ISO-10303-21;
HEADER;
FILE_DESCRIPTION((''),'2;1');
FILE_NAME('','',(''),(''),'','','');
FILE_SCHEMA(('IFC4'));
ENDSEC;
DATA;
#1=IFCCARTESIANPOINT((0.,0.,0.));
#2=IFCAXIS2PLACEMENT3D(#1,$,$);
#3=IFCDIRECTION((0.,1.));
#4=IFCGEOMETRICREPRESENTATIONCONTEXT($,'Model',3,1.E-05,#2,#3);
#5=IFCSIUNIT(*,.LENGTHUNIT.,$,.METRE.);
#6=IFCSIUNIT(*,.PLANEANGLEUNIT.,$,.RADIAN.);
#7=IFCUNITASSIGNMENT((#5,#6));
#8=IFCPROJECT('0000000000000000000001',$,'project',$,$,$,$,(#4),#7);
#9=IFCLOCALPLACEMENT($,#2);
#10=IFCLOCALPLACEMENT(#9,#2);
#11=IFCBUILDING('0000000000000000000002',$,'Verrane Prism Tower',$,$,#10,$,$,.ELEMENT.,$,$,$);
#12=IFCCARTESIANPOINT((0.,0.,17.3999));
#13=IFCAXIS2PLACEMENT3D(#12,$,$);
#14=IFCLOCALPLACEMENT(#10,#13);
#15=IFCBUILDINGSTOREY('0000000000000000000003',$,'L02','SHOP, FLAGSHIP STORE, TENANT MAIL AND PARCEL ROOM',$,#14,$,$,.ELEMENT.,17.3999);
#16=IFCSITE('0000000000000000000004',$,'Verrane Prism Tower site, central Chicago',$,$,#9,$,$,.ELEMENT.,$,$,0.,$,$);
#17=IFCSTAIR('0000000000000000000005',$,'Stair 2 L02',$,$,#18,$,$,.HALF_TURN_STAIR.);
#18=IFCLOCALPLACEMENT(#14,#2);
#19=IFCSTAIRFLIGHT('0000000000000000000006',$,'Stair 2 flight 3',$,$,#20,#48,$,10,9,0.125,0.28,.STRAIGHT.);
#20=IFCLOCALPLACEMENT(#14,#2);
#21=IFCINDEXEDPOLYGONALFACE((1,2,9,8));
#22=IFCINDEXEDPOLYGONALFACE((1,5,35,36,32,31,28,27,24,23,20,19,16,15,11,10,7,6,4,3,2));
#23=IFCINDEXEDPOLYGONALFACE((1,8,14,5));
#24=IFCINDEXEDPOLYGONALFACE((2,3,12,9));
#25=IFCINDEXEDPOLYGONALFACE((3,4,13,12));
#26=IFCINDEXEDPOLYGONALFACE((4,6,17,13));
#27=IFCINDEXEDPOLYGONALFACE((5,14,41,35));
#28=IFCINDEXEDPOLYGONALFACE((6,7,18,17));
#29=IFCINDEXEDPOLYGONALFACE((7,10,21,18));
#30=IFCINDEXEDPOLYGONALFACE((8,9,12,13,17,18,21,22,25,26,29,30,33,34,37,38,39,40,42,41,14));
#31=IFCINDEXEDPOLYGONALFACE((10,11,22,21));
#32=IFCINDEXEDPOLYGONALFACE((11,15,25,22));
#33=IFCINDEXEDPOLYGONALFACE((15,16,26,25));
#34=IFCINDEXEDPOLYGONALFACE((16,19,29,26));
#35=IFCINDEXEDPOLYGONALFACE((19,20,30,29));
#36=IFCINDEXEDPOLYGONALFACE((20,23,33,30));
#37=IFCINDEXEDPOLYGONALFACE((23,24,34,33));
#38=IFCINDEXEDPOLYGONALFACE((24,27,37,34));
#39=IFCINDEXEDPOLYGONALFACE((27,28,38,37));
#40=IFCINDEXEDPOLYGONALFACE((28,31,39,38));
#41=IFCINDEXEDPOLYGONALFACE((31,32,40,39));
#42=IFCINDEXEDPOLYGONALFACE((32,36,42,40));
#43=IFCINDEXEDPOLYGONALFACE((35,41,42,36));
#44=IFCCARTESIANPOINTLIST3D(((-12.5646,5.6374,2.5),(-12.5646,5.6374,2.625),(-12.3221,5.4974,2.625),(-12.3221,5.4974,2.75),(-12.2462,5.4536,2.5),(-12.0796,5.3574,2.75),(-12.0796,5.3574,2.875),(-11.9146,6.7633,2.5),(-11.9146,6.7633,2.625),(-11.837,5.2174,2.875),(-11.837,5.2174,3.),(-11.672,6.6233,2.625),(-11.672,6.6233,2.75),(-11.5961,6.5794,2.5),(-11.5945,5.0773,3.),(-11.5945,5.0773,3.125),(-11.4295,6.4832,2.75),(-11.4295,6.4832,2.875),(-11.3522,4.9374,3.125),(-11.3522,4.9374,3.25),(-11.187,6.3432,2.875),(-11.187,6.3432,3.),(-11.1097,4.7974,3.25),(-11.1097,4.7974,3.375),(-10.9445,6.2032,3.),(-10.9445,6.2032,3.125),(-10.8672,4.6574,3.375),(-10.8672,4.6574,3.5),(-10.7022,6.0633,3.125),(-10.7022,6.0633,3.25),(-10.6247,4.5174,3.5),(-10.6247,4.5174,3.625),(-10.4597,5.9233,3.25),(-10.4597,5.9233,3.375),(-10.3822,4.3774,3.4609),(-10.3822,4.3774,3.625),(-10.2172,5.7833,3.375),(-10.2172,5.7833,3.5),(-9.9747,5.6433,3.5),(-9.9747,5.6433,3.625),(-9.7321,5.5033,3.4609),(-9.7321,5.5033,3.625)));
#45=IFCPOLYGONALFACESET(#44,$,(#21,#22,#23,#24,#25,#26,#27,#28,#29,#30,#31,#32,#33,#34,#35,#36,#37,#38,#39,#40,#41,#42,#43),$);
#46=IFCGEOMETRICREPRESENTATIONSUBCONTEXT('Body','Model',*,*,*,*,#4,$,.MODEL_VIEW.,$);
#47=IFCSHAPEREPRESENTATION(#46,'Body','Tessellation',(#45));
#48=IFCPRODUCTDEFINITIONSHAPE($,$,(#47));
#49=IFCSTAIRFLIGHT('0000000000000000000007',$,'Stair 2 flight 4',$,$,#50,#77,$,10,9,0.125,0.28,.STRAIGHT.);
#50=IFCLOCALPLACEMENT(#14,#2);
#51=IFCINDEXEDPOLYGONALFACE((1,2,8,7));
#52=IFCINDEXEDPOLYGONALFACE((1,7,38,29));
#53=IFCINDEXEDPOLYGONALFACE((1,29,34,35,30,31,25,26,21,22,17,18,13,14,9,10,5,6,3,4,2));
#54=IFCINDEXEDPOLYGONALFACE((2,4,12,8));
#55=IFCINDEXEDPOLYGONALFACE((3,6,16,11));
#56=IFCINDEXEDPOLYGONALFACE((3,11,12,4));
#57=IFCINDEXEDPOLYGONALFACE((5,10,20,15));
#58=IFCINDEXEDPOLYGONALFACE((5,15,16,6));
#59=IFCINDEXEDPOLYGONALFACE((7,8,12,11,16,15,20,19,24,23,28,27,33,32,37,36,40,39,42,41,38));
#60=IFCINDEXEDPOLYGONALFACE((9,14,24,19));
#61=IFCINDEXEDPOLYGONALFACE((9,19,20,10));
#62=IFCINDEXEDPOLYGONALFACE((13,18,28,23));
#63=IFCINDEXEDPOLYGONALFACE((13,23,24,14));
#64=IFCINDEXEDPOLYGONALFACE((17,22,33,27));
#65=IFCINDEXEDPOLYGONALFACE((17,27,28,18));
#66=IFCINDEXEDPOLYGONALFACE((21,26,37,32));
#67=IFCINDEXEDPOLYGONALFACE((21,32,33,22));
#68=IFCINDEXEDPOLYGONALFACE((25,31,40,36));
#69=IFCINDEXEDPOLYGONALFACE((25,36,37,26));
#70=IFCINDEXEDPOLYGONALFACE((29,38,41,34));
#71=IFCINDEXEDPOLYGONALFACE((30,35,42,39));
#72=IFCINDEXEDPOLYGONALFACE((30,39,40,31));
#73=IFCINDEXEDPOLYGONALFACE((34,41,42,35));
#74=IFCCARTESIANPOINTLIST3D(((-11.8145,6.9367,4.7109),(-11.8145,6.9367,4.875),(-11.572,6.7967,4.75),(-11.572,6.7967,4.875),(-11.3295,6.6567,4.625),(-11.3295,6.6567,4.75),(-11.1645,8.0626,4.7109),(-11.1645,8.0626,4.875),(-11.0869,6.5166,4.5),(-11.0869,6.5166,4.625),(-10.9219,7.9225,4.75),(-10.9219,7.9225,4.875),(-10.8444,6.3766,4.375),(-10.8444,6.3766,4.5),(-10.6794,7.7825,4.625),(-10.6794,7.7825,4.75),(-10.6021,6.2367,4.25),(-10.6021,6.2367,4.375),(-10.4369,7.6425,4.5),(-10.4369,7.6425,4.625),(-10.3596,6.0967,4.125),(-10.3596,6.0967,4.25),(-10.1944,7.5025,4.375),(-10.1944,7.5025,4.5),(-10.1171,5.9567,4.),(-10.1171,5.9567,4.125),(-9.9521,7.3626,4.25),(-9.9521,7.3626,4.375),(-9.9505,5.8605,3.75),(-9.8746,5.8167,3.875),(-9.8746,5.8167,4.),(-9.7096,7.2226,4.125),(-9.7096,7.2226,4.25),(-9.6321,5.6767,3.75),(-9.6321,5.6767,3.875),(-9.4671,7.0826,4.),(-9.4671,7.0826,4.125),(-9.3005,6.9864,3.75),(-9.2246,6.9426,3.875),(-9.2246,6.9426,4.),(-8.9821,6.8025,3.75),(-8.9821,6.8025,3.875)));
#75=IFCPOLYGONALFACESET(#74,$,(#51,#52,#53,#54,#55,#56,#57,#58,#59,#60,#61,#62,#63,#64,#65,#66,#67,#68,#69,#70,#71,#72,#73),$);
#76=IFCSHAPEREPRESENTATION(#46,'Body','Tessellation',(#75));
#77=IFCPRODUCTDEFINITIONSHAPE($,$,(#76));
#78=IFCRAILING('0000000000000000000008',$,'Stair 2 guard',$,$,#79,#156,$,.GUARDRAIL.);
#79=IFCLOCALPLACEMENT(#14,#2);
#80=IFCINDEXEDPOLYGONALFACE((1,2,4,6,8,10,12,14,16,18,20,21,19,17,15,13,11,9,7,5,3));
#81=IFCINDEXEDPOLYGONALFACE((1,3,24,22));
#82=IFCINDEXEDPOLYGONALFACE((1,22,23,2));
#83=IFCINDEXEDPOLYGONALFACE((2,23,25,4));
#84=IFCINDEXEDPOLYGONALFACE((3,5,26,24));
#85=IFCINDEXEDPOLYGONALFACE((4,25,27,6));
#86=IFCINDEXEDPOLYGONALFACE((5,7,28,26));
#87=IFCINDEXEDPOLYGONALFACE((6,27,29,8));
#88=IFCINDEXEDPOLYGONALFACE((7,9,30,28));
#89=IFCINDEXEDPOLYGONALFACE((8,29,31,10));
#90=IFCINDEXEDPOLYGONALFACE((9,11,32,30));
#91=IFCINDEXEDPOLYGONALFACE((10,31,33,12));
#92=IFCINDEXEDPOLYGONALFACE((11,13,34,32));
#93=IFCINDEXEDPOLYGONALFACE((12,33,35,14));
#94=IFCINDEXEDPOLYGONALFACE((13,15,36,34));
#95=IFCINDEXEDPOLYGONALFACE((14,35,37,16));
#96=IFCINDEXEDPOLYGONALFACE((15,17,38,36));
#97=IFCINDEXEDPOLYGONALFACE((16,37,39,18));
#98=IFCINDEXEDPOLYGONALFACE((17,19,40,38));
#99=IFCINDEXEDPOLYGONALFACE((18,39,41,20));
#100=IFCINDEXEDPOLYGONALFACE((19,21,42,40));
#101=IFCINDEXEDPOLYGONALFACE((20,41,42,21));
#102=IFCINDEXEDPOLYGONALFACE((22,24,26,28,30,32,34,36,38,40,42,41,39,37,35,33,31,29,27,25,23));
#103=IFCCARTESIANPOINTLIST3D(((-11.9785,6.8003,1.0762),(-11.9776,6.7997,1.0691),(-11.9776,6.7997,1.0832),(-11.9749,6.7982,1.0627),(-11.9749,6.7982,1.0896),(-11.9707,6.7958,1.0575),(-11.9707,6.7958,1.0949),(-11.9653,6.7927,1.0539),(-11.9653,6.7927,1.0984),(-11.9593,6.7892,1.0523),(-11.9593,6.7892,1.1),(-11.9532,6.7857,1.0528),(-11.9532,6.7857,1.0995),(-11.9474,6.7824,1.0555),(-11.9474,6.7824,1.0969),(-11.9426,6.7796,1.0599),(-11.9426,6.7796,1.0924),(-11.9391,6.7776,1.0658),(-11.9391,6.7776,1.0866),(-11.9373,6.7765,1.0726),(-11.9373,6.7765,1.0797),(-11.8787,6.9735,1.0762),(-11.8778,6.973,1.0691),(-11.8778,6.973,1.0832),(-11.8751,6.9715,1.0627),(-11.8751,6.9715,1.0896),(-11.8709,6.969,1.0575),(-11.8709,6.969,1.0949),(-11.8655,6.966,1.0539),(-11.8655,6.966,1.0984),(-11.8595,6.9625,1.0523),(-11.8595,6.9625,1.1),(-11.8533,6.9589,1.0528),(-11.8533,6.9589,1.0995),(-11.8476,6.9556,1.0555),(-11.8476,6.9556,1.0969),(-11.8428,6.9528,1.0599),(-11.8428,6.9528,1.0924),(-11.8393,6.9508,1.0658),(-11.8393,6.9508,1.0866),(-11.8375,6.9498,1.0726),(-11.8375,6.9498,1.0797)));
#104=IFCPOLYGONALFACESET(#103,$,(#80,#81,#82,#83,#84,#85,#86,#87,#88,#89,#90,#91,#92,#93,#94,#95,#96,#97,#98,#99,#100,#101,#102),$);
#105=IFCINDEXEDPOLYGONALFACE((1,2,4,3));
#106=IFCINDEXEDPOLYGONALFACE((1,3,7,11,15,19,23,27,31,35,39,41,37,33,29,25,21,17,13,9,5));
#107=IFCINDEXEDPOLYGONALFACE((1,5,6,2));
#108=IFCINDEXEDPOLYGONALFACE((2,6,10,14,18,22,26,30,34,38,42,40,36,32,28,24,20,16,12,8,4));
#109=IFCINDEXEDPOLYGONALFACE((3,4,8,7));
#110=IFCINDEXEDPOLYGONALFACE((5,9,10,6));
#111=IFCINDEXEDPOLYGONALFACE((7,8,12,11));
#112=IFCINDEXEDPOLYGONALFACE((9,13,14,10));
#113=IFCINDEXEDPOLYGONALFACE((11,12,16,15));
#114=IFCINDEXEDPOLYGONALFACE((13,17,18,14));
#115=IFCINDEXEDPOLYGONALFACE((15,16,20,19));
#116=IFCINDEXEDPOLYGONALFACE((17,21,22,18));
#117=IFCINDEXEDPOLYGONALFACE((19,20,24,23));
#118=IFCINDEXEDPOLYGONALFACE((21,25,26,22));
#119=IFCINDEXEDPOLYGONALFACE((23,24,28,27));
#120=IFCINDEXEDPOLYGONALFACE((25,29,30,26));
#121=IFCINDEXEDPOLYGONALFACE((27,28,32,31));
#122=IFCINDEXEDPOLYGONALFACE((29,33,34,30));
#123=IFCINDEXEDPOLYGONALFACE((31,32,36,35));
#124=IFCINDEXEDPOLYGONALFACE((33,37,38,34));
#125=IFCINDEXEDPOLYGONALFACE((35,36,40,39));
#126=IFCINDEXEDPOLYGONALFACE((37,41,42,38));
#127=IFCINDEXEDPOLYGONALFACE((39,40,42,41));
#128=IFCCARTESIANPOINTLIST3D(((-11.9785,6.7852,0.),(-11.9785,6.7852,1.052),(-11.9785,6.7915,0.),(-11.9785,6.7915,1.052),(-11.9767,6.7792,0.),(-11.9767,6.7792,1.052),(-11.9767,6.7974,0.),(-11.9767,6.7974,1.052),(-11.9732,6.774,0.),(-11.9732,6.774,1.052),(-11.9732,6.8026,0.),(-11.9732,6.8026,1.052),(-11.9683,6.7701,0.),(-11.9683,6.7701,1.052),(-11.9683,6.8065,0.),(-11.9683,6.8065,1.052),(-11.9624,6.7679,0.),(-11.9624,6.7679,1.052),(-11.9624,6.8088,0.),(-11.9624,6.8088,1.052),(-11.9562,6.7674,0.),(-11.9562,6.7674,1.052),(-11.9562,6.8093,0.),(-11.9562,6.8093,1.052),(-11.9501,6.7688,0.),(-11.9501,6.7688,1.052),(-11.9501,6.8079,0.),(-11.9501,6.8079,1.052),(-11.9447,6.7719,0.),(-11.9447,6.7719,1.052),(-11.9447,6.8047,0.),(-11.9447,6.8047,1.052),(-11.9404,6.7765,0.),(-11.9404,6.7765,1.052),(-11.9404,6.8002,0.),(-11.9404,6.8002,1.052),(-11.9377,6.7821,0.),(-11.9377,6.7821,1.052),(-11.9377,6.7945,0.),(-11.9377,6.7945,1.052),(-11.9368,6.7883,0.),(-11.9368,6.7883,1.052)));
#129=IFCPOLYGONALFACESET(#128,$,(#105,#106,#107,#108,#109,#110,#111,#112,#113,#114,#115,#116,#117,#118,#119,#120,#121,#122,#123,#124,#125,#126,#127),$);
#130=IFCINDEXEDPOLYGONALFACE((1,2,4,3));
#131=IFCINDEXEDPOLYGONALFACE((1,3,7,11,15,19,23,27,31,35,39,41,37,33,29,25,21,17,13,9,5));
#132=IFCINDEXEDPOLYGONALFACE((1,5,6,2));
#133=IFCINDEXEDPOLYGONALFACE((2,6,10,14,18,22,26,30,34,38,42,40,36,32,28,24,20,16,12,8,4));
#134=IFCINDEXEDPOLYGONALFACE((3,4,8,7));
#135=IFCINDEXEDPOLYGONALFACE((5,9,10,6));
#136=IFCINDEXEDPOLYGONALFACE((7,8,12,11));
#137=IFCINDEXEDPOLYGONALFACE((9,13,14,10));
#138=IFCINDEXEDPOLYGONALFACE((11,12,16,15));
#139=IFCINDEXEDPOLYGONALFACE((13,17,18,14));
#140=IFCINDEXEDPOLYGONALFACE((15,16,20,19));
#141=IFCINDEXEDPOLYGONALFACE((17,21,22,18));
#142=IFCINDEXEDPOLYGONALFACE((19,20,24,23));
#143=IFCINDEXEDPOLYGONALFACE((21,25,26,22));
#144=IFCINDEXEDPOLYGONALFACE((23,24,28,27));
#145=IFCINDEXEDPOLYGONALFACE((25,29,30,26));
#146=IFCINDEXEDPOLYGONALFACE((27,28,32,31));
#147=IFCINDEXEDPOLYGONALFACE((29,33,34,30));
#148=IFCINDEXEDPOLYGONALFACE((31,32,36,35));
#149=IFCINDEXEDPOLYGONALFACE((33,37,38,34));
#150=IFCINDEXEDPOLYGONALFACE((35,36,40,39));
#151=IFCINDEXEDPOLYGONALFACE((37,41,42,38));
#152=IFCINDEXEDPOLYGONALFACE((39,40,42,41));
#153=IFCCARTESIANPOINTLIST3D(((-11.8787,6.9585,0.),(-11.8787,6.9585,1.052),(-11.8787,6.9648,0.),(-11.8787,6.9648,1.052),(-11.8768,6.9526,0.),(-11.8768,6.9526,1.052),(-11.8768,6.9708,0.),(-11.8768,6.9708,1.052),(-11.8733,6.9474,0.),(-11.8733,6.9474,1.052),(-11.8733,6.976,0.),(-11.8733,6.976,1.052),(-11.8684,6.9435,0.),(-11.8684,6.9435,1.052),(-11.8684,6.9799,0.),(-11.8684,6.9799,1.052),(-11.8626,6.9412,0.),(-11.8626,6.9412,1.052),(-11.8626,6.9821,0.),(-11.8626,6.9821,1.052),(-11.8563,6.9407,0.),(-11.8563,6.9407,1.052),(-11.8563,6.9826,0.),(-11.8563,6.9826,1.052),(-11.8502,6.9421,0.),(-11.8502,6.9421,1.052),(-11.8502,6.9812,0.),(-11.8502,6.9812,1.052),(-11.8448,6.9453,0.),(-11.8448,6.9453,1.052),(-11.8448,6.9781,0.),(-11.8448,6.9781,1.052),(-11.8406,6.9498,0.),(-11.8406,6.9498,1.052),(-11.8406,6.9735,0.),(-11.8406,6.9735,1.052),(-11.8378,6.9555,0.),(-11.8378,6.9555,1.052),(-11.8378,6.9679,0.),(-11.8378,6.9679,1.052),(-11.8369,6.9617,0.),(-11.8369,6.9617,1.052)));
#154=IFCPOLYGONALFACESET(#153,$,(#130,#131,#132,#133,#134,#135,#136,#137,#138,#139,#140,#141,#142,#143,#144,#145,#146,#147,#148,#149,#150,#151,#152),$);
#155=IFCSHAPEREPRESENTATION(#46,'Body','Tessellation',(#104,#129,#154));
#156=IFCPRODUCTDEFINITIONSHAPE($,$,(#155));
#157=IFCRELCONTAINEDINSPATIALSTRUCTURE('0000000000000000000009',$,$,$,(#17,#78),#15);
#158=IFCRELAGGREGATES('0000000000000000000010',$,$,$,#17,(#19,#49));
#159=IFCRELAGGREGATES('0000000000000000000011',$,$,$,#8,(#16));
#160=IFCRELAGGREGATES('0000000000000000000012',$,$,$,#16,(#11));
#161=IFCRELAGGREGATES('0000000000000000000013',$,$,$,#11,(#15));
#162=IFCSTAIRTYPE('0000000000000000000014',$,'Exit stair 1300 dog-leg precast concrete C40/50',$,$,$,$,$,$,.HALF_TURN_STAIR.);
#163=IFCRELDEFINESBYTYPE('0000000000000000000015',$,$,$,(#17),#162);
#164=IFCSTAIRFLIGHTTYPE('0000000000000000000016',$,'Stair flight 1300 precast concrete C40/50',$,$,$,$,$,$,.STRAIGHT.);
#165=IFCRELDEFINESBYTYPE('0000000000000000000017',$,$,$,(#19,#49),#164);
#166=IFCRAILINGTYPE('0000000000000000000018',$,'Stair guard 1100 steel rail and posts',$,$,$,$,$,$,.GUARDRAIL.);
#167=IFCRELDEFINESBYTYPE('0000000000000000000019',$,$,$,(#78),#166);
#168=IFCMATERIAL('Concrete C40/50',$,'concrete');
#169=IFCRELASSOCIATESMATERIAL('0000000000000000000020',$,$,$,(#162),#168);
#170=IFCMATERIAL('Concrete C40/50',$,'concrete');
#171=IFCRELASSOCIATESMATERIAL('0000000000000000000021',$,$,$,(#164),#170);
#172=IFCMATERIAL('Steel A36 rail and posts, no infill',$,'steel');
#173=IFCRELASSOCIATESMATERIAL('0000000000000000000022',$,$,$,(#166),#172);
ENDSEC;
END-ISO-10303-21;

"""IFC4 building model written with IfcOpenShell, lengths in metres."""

from ifc_helpers import new_model, si_unit, direction, frame, origin, origin_2d, place, context, subcontext, project, spatial, polyline, circle, outline, extrude, material, type_object, element, aggregate, save


model = new_model("IFC4")

# Units and contexts
model_context = context("Model", 3, precision=1e-05, world=origin(), true_north=direction((0.0, 1.0)))
body_context = subcontext(model_context, "Body", "Model", "MODEL_VIEW")
ifc_project = project(units=[si_unit("LENGTHUNIT", "METRE"), si_unit("PLANEANGLEUNIT", "RADIAN")], contexts=[model_context])

# Site, building, storey
site_placement = place(None, origin())
site = spatial("IfcSite", under=ifc_project, at=site_placement, Name="Verrane Prism Tower site, central Chicago", CompositionType="ELEMENT", RefElevation=0.0)
building_placement = place(site_placement, origin())
building = spatial("IfcBuilding", under=site, at=building_placement, Name="Verrane Prism Tower", CompositionType="ELEMENT")
storey_placement = place(building_placement, frame((0.0, 0.0, 17.3999)))
storey = spatial("IfcBuildingStorey", under=building, at=storey_placement, Name="L02", Description="SHOP, FLAGSHIP STORE, TENANT MAIL AND PARCEL ROOM", CompositionType="ELEMENT", Elevation=17.3999)

# Stair, stair flights
ifc_material_1 = material(Name="Concrete C40/50", Category="concrete")
stair_type = type_object("IfcStairType", Name="Exit stair 1300 dog-leg precast concrete C40/50", PredefinedType="HALF_TURN_STAIR", material=ifc_material_1)
stair_placement = place(storey_placement, origin())
stair = element("IfcStair", 1, at=stair_placement, inside=storey, type_object=stair_type, Name="Stair 2 L02", PredefinedType="HALF_TURN_STAIR")
ifc_material_2 = material(Name="Concrete C40/50", Category="concrete")
stair_flight_type = type_object("IfcStairFlightType", Name="Stair flight 1300 precast concrete C40/50", PredefinedType="STRAIGHT", material=ifc_material_2)
stair_flight_1_placement = place(storey_placement, frame((-12.2395, 6.2004, 2.5), z_axis=(0.0, 0.0, 1.0), x_axis=(0.866025, -0.5, 0.0)))
stair_flight_1 = element("IfcStairFlight", 2, at=stair_flight_1_placement, type_object=stair_flight_type, Name="Stair 2 flight 3", NumberOfRisers=10, NumberOfTreads=9, PredefinedType="STRAIGHT", RiserHeight=0.125, TreadLength=0.28, context=body_context, shape_type="SweptSolid", body=[
    extrude(outline(polyline([(0.0, 0.0), (0.0, 0.125), (0.28, 0.125), (0.28, 0.25), (0.5601, 0.25), (0.5601, 0.375), (0.8401, 0.375), (0.8401, 0.5), (1.1201, 0.5), (1.1201, 0.625), (1.3999, 0.625), (1.3999, 0.75), (1.6799, 0.75), (1.6799, 0.875), (1.96, 0.875), (1.96, 1.0), (2.24, 1.0), (2.24, 1.125), (2.52, 1.125), (2.52, 1.25), (2.52, 0.9609), (0.3677, 0.0), (0.0, 0.0)])), frame((0.0, 0.6499, 0.0), z_axis=(0.0, -1.0, 0.0), x_axis=(1.0, 0.0, 0.0)), (0.0, 0.0, 1.0), 1.3),
])
stair_flight_2_placement = place(storey_placement, frame((-9.3071, 6.2395, 3.75), z_axis=(0.0, 0.0, 1.0), x_axis=(-0.866025, 0.5, 0.0)))
stair_flight_2 = element("IfcStairFlight", 3, at=stair_flight_2_placement, type_object=stair_flight_type, Name="Stair 2 flight 4", NumberOfRisers=10, NumberOfTreads=9, PredefinedType="STRAIGHT", RiserHeight=0.125, TreadLength=0.28, context=body_context, shape_type="SweptSolid", body=[
    extrude(outline(polyline([(0.0, 0.0), (0.0, 0.125), (0.28, 0.125), (0.28, 0.25), (0.5601, 0.25), (0.5601, 0.375), (0.8401, 0.375), (0.8401, 0.5), (1.1201, 0.5), (1.1201, 0.625), (1.3999, 0.625), (1.3999, 0.75), (1.6799, 0.75), (1.6799, 0.875), (1.96, 0.875), (1.96, 1.0), (2.24, 1.0), (2.24, 1.125), (2.52, 1.125), (2.52, 1.25), (2.52, 0.9609), (0.3677, 0.0), (0.0, 0.0)])), frame((0.0, 0.6499, 0.0), z_axis=(0.0, -1.0, 0.0), x_axis=(1.0, 0.0, 0.0)), (0.0, 0.0, 1.0), 1.3),
])
aggregate(stair, [stair_flight_1, stair_flight_2])

# Railing
ifc_material_3 = material(Name="Steel A36 rail and posts, no infill", Category="steel")
railing_type_1 = type_object("IfcRailingType", Name="Stair guard 1100 steel rail and posts", PredefinedType="GUARDRAIL", material=ifc_material_3)
railing_1_placement = place(storey_placement, frame((-11.9578, 6.7883, 0.0)))
element("IfcRailing", 4, at=railing_1_placement, inside=storey, type_object=railing_type_1, Name="Stair 2 guard", PredefinedType="GUARDRAIL", context=body_context, shape_type="SweptSolid", body=[
    extrude(circle(Radius=0.0239, at=origin_2d()), frame((0.0, 0.0, 1.0762), z_axis=(0.499159, 0.86651, 0.0), x_axis=(-0.86651, 0.499159, 0.0)), (0.0, 0.0, 1.0), 0.2),
    extrude(circle(Radius=0.021, at=origin_2d()), origin(), (0.0, 0.0, 1.0), 1.052),
    extrude(circle(Radius=0.021, at=origin_2d()), frame((0.0999, 0.1733, 0.0)), (0.0, 0.0, 1.0), 1.052),
])

save(model, "model.ifc")
